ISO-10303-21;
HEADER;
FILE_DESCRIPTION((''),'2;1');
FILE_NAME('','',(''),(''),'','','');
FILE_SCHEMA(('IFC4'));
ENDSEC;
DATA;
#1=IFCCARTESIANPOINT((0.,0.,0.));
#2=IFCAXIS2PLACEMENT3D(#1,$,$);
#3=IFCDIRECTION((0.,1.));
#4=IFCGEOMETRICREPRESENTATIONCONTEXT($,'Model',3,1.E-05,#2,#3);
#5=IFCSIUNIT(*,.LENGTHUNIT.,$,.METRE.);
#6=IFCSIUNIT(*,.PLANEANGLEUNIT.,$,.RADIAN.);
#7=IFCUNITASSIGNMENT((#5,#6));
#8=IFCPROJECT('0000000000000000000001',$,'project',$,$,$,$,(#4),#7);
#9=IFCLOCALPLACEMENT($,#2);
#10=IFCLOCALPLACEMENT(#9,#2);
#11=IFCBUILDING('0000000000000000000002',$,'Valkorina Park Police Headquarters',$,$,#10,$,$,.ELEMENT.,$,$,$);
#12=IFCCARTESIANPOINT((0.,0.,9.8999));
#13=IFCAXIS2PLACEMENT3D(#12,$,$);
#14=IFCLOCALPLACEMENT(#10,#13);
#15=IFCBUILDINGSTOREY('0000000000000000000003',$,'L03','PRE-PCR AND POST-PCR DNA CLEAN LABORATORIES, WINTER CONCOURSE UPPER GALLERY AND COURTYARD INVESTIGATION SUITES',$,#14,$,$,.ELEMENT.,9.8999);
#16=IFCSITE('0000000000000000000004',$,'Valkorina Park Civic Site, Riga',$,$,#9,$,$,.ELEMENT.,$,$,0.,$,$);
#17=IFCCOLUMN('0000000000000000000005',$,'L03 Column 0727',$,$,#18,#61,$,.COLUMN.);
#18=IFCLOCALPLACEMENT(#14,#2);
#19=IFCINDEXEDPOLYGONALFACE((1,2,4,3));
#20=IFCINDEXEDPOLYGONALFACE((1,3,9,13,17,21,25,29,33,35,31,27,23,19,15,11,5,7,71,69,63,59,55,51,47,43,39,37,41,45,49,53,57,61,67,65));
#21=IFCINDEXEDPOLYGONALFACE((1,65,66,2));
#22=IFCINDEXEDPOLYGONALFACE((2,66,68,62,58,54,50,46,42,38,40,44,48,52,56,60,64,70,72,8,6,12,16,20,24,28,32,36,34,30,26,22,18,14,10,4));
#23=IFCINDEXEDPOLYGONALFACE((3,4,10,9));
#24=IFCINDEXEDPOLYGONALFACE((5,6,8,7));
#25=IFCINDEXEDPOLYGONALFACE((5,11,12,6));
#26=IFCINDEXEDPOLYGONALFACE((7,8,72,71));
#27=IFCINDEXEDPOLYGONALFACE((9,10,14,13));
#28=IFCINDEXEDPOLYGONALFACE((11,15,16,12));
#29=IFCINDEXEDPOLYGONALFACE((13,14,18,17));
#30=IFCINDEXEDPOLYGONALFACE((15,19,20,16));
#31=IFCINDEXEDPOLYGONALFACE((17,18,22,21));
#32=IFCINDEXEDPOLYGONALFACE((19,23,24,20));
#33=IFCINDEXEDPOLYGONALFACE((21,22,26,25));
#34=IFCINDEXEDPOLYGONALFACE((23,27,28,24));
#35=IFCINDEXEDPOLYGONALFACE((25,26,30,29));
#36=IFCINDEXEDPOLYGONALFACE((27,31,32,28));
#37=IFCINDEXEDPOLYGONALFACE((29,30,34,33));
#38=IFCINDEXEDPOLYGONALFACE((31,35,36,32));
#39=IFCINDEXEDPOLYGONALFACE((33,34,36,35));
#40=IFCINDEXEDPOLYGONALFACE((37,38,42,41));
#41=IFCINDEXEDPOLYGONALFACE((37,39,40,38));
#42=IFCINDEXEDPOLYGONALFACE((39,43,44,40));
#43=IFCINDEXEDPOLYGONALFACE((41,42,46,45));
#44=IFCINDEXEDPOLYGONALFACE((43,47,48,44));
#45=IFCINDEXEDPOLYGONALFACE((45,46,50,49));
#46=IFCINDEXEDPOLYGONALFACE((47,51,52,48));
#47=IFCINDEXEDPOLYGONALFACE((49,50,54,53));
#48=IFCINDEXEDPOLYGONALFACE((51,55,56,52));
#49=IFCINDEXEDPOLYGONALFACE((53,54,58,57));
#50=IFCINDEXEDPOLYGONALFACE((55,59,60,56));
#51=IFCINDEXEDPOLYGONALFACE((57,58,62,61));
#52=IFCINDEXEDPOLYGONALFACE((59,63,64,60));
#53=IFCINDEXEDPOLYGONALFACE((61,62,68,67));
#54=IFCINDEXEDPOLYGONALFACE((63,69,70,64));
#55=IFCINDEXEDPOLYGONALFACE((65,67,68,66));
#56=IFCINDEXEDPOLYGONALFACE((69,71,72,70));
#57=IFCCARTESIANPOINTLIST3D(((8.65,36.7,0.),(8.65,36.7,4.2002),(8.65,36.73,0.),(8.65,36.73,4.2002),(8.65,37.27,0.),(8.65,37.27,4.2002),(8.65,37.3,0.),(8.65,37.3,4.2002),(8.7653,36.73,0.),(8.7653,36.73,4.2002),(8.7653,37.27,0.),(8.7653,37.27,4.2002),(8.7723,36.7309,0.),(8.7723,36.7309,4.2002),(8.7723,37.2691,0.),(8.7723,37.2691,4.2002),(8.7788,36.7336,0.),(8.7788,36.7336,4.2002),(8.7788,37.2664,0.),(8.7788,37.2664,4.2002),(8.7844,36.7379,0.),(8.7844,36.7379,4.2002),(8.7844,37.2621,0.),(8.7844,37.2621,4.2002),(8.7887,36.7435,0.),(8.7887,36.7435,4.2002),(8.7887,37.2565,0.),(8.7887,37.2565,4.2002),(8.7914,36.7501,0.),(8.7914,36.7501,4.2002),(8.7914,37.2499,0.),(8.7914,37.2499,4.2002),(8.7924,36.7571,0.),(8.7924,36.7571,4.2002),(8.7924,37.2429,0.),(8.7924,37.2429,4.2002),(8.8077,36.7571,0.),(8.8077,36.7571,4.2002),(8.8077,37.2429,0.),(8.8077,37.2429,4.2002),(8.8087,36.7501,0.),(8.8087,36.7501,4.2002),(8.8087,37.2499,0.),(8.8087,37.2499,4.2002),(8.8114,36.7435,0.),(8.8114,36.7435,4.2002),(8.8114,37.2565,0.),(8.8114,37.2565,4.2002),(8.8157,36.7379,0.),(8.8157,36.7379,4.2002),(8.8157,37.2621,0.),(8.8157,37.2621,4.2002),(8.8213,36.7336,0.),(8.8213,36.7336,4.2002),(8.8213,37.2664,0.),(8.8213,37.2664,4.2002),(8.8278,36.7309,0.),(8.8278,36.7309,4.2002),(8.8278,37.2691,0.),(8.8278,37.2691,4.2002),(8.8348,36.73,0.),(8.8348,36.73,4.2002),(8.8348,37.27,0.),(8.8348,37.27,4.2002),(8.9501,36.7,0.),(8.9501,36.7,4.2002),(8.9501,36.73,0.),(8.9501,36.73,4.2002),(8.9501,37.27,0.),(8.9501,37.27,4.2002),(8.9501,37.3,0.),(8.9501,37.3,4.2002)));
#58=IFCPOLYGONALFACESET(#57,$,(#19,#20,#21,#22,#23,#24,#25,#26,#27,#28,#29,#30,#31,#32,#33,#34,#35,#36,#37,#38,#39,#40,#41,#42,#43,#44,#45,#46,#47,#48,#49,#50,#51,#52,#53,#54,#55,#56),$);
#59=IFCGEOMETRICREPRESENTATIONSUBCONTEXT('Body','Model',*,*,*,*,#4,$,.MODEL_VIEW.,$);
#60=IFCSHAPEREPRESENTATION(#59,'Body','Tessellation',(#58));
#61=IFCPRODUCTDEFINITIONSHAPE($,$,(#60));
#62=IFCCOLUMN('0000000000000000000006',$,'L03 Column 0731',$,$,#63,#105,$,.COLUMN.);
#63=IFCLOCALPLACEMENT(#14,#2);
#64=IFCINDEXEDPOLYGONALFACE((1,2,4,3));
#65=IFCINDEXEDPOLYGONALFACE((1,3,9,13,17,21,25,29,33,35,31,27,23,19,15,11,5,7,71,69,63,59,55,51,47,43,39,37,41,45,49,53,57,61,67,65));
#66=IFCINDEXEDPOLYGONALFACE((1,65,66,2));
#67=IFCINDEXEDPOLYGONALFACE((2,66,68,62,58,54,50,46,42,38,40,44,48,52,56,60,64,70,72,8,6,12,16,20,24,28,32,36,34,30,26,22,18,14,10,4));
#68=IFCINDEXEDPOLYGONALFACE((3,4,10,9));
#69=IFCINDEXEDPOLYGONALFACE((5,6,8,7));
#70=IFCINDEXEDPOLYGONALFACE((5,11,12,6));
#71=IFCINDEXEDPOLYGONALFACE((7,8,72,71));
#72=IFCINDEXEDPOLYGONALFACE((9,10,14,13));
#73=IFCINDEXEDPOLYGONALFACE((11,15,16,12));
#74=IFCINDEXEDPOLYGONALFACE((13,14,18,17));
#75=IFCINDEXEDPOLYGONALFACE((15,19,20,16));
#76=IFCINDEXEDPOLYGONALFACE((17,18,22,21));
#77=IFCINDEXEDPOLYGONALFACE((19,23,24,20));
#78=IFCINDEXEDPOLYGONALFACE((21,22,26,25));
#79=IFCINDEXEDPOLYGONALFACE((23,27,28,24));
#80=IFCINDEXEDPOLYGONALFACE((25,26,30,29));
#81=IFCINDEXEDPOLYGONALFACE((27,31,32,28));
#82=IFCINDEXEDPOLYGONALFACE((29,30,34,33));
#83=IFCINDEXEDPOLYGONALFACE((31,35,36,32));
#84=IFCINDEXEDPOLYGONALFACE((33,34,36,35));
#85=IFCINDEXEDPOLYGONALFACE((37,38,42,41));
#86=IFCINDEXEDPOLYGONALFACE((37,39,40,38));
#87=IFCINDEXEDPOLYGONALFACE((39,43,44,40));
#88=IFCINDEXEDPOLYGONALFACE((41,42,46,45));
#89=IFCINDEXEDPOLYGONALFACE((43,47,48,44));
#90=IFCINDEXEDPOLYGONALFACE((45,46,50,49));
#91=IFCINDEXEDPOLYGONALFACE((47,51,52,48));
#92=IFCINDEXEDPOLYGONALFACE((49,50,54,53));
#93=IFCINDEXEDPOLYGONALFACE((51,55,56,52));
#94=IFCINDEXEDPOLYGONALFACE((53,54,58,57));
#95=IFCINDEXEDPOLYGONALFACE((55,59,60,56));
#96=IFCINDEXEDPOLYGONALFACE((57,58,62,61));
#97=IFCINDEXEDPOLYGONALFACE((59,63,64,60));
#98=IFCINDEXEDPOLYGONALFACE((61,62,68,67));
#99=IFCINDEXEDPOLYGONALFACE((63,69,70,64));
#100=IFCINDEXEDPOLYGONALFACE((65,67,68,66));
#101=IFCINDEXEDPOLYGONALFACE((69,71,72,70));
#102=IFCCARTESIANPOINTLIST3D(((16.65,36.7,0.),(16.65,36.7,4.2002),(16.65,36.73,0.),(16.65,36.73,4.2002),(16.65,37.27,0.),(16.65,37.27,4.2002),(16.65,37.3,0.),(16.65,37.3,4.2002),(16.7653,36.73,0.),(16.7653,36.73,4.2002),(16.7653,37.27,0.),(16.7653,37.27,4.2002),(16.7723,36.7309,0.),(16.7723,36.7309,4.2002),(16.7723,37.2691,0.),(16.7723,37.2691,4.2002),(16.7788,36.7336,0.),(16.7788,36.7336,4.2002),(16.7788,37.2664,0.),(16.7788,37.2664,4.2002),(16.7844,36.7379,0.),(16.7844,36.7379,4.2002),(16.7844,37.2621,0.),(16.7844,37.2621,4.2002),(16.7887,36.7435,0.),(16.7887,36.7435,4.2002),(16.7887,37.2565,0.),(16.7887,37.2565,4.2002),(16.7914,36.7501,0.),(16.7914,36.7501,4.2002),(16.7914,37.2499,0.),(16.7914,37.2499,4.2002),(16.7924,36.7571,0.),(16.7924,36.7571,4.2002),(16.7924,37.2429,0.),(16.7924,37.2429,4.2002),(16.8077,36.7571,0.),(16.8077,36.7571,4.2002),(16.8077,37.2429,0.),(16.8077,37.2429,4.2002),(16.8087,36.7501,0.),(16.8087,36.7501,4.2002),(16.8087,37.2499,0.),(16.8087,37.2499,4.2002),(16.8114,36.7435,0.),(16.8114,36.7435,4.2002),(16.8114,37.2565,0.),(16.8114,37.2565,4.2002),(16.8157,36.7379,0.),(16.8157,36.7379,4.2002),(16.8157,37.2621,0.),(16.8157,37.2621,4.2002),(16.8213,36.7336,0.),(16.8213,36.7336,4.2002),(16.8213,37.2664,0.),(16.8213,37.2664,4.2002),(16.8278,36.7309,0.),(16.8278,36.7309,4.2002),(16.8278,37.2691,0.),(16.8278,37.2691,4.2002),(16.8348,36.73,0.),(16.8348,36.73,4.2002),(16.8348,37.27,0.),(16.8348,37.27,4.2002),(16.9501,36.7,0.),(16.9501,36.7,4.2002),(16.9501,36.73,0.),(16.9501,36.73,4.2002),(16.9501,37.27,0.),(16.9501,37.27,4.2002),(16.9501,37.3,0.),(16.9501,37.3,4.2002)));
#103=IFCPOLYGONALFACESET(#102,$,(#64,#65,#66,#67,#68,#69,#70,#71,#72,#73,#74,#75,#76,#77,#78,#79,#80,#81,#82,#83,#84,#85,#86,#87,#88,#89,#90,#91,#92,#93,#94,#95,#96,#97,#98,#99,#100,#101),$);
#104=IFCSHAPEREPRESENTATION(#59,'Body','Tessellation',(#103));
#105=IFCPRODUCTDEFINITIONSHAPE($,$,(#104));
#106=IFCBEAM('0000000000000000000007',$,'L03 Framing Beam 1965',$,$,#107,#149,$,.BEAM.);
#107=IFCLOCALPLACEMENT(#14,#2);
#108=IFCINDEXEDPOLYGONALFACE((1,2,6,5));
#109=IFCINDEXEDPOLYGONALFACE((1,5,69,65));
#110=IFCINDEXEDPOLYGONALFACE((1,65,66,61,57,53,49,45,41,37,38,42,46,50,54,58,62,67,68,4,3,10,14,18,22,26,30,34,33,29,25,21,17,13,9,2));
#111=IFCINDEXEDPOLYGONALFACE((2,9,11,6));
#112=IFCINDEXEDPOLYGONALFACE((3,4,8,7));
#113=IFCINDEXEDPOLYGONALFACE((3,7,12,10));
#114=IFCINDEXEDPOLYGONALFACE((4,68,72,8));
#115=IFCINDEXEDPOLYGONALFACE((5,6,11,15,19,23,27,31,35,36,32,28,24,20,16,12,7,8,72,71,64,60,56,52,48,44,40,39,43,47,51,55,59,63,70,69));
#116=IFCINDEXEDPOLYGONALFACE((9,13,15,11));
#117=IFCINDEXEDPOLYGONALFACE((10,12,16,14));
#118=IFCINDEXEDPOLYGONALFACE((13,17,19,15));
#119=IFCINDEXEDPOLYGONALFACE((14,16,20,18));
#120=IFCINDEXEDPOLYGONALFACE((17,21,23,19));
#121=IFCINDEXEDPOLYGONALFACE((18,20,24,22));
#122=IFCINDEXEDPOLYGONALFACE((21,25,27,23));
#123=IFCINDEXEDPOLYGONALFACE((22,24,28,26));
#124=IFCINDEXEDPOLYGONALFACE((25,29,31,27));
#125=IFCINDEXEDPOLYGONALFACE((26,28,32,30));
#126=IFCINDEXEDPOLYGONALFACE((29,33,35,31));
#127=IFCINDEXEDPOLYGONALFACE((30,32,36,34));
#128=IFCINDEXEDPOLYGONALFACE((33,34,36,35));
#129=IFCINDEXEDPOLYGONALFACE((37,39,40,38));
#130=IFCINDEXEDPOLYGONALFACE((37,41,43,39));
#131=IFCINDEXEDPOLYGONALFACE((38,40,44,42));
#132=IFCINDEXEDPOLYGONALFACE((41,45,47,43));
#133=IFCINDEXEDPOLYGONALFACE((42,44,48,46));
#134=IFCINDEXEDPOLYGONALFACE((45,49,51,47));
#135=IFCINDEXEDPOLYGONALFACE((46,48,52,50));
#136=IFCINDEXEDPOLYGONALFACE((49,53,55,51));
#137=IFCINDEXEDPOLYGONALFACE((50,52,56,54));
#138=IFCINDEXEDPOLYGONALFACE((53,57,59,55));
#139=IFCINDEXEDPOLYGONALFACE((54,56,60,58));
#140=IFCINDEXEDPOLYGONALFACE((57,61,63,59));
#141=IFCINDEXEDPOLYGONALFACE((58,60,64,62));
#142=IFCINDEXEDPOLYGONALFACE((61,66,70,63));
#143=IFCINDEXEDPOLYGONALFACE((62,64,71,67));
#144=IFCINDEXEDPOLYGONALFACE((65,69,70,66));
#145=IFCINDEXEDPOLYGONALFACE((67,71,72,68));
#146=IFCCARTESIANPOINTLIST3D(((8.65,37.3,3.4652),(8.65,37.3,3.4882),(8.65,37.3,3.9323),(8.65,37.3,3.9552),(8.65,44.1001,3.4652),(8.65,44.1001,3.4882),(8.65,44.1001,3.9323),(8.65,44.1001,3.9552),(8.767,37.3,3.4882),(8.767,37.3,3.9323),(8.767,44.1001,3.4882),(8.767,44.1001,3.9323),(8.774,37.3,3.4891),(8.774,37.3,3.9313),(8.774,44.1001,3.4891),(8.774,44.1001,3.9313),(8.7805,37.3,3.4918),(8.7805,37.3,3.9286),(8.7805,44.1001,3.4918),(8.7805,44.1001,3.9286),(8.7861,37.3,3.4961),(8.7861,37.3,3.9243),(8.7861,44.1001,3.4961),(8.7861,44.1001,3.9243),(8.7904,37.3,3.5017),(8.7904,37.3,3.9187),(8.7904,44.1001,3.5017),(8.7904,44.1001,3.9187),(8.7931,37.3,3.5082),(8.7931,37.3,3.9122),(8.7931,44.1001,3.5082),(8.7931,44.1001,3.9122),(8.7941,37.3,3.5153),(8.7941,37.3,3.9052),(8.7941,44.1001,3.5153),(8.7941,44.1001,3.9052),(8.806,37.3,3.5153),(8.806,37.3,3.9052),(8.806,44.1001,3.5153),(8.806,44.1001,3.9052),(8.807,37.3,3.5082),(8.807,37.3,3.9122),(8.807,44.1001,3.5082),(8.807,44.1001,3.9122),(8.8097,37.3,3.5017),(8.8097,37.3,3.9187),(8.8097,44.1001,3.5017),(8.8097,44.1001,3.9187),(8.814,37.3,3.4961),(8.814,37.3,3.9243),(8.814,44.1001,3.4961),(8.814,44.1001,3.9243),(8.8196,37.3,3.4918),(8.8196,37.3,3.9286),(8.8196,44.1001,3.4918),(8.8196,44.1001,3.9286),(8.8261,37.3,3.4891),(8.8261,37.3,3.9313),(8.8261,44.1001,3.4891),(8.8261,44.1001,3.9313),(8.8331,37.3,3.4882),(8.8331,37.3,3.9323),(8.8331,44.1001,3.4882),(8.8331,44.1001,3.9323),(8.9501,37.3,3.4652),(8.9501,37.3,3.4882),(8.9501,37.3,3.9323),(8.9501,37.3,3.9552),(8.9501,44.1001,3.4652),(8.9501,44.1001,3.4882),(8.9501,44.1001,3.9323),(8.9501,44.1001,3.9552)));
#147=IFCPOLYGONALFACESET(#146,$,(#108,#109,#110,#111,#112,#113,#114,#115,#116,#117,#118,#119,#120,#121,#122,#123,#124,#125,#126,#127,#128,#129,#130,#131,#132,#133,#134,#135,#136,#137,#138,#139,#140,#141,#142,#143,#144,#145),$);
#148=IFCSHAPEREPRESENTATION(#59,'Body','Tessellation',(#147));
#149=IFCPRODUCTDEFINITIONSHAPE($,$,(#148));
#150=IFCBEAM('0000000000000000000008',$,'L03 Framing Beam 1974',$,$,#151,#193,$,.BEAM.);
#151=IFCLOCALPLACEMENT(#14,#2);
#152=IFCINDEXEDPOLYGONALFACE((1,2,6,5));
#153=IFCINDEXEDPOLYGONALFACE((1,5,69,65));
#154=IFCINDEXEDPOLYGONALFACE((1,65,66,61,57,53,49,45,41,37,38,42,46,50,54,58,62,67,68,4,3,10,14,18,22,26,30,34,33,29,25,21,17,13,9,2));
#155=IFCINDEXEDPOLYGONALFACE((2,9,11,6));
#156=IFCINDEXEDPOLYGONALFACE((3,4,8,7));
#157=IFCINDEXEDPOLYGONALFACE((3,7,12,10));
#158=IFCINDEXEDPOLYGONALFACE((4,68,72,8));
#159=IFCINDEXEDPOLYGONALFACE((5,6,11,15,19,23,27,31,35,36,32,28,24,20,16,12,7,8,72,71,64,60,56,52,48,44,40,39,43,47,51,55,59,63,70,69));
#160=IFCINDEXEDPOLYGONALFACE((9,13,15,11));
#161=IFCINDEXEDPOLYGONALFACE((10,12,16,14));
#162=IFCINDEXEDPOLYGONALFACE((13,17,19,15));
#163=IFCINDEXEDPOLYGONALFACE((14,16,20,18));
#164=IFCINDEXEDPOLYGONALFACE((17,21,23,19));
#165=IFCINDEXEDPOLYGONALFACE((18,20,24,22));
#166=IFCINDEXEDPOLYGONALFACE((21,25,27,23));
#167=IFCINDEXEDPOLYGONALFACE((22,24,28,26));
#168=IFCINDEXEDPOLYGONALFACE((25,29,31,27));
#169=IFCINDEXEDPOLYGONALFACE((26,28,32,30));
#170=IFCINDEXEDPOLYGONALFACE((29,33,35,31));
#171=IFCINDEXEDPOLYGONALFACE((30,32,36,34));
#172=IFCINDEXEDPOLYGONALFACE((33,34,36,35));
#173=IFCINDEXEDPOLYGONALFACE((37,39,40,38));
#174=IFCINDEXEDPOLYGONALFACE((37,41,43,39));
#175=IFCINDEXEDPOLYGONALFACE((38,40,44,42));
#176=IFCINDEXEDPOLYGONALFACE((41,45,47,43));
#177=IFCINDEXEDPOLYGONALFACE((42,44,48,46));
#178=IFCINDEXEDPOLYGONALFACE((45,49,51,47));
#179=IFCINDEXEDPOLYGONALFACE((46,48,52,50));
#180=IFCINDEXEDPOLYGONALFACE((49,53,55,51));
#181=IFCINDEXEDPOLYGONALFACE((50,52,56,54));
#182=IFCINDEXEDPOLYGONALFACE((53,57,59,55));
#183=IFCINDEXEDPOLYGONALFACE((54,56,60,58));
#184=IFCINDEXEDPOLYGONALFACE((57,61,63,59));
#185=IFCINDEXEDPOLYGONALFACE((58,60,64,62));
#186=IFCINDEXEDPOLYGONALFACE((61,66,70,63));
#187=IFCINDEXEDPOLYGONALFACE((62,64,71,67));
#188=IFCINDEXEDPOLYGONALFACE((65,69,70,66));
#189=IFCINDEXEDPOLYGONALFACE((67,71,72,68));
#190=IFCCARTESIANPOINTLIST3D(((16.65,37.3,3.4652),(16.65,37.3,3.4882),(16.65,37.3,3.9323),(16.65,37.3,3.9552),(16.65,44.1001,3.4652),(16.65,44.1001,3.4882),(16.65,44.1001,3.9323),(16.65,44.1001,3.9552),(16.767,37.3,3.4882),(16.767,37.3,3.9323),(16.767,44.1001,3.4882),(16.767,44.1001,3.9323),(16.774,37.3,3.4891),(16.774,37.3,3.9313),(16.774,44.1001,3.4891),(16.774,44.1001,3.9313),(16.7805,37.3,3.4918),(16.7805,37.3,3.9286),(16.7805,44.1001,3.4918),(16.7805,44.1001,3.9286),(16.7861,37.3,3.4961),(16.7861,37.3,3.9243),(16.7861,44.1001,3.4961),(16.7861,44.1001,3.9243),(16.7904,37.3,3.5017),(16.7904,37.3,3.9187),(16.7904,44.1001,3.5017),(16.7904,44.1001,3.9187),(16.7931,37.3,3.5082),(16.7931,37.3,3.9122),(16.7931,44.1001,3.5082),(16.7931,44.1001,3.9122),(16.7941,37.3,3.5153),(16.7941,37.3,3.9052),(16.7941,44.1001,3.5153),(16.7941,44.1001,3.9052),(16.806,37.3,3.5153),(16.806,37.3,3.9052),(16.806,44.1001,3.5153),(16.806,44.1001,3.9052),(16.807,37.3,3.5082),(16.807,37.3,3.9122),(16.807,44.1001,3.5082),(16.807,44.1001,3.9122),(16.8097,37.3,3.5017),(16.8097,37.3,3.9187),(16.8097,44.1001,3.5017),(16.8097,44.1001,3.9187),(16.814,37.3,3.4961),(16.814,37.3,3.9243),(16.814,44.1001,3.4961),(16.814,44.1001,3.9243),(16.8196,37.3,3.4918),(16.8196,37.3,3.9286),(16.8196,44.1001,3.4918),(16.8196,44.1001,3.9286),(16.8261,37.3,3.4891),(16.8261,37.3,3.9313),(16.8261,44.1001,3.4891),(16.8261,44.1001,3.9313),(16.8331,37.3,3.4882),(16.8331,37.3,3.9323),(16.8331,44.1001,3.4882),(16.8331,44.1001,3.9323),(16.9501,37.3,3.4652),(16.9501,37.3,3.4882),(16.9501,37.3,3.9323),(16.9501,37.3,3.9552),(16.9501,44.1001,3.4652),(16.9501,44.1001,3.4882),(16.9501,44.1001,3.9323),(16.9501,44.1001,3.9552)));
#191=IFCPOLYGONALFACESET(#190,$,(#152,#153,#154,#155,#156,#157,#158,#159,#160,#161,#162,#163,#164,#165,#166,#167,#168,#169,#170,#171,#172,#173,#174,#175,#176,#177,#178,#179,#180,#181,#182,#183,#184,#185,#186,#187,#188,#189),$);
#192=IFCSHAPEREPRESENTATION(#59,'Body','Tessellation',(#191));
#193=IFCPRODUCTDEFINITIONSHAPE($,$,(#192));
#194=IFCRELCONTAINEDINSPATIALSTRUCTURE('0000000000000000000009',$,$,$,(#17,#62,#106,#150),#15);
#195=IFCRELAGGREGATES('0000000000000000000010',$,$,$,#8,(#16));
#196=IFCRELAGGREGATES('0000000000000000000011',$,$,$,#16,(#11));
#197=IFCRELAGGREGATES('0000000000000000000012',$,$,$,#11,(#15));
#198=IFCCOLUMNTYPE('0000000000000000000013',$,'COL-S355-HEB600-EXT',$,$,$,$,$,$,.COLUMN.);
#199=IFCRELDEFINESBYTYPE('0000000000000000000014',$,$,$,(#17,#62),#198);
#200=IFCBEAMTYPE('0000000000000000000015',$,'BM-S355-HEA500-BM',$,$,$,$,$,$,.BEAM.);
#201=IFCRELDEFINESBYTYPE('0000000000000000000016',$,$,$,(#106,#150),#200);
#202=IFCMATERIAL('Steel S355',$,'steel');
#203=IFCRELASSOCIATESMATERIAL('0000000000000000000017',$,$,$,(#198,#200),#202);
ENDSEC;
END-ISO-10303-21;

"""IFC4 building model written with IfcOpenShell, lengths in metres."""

from ifc_helpers import new_model, si_unit, direction, frame, origin, origin_2d, place, context, subcontext, project, spatial, i_section, extrude, material, material_profile, profile_set, type_object, element, save


model = new_model("IFC4")

# Units and contexts
model_context = context("Model", 3, precision=1e-05, world=origin(), true_north=direction((0.0, 1.0)))
body_context = subcontext(model_context, "Body", "Model", "MODEL_VIEW")
ifc_project = project(units=[si_unit("LENGTHUNIT", "METRE"), si_unit("PLANEANGLEUNIT", "RADIAN")], contexts=[model_context])

# Site, building, storey
site_placement = place(None, origin())
site = spatial("IfcSite", under=ifc_project, at=site_placement, Name="Valkorina Park Civic Site, Riga", CompositionType="ELEMENT", RefElevation=0.0)
building_placement = place(site_placement, origin())
building = spatial("IfcBuilding", under=site, at=building_placement, Name="Valkorina Park Police Headquarters", CompositionType="ELEMENT")
storey_placement = place(building_placement, frame((0.0, 0.0, 9.8999)))
storey = spatial("IfcBuildingStorey", under=building, at=storey_placement, Name="L03", Description="PRE-PCR AND POST-PCR DNA CLEAN LABORATORIES, WINTER CONCOURSE UPPER GALLERY AND COURTYARD INVESTIGATION SUITES", CompositionType="ELEMENT", Elevation=9.8999)

# Columns
ifc_material_1 = material(Name="Steel S355", Category="steel")
ifc_material_profile_1 = material_profile(ifc_material_1, i_section(OverallWidth=0.3, OverallDepth=0.6001, WebThickness=0.0154, FlangeThickness=0.03, FilletRadius=0.0271, at=origin_2d()), Name="HEB 600")
ifc_profile_set_1 = profile_set([ifc_material_profile_1], Name="Steel S355")
column_type = type_object("IfcColumnType", Name="COL-S355-HEB600-EXT", PredefinedType="COLUMN", material=ifc_profile_set_1)
for number, where, z_axis, x_axis, name in (
    (1, (8.8, 37.0, 0.0), (0.0, 0.0, 1.0), (1.0, 0.0, 0.0), "L03 Column 0727"),
    (2, (16.8, 37.0, 0.0), (0.0, 0.0, 1.0), (1.0, 0.0, 0.0), "L03 Column 0731"),
):
    element("IfcColumn", number, at=place(storey_placement, frame(where, z_axis=z_axis, x_axis=x_axis)), inside=storey, type_object=column_type, Name=name, PredefinedType="COLUMN", context=body_context, shape_type="SweptSolid", body=[
        extrude(i_section(OverallWidth=0.3, OverallDepth=0.6001, WebThickness=0.0154, FlangeThickness=0.03, FilletRadius=0.0271, at=origin_2d()), origin(), (0.0, 0.0, 1.0), 4.2002),
    ])

# Beams
ifc_material_profile_2 = material_profile(ifc_material_1, i_section(OverallWidth=0.3, OverallDepth=0.49, WebThickness=0.012, FlangeThickness=0.0229, FilletRadius=0.0271, at=origin_2d()), Name="HEA 500")
ifc_profile_set_2 = profile_set([ifc_material_profile_2], Name="Steel S355")
beam_type_1 = type_object("IfcBeamType", Name="BM-S355-HEA500-BM", PredefinedType="BEAM", material=ifc_profile_set_2)
for number, where, z_axis, x_axis, name in (
    (3, (8.8, 37.3, 3.7102), (0.0, 1.0, 0.0), (-1.0, 0.0, 0.0), "L03 Framing Beam 1965"),
    (4, (16.8, 37.3, 3.7102), (0.0, 1.0, 0.0), (-1.0, 0.0, 0.0), "L03 Framing Beam 1974"),
):
    element("IfcBeam", number, at=place(storey_placement, frame(where, z_axis=z_axis, x_axis=x_axis)), inside=storey, type_object=beam_type_1, Name=name, PredefinedType="BEAM", context=body_context, shape_type="SweptSolid", body=[
        extrude(i_section(OverallWidth=0.3, OverallDepth=0.49, WebThickness=0.012, FlangeThickness=0.0229, FilletRadius=0.0271, at=origin_2d()), origin(), (0.0, 0.0, 1.0), 6.8),
    ])

save(model, "model.ifc")
